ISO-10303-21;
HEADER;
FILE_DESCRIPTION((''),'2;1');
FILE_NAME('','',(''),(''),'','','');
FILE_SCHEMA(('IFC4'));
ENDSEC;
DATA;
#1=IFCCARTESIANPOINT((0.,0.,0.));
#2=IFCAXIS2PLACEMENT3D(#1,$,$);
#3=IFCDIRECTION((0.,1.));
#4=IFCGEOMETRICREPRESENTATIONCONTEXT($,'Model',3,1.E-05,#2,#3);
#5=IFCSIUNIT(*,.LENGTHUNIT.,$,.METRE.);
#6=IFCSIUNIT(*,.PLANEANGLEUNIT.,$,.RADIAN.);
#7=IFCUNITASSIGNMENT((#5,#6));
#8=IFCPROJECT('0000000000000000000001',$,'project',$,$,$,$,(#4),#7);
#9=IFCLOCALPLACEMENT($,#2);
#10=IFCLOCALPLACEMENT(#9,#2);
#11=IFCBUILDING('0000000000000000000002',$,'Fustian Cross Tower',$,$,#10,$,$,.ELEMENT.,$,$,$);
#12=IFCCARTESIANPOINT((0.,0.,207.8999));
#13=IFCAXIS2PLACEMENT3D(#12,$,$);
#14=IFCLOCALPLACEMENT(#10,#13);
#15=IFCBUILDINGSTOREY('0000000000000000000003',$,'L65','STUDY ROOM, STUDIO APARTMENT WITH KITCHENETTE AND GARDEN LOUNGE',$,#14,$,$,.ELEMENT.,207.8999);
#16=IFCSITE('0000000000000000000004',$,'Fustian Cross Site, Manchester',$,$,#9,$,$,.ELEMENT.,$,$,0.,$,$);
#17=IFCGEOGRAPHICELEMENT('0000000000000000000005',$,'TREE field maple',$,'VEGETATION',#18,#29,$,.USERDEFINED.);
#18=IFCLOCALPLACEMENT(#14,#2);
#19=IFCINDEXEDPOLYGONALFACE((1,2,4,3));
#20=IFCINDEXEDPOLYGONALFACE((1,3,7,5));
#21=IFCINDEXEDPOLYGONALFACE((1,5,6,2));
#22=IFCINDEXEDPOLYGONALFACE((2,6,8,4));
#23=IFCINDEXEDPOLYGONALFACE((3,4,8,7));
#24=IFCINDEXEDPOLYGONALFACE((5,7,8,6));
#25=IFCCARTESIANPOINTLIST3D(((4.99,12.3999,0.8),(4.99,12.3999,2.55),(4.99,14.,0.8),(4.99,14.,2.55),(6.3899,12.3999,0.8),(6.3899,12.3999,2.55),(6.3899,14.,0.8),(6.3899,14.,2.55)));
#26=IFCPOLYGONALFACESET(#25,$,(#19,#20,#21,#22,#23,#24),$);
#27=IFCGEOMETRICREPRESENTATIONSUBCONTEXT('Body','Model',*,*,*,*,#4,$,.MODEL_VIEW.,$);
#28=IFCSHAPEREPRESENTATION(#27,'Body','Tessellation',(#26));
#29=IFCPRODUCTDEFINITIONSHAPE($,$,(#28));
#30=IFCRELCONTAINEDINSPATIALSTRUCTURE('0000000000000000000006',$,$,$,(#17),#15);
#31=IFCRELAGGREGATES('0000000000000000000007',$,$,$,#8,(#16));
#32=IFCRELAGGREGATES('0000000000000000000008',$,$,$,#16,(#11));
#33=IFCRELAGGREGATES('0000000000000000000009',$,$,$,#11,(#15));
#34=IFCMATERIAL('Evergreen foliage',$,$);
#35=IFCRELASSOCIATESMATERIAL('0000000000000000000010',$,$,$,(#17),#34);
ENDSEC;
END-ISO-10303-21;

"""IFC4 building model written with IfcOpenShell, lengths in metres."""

from ifc_helpers import new_model, si_unit, direction, frame, origin, origin_2d, place, context, subcontext, project, spatial, rectangle, extrude, material, element, save


model = new_model("IFC4")

# Units and contexts
model_context = context("Model", 3, precision=1e-05, world=origin(), true_north=direction((0.0, 1.0)))
body_context = subcontext(model_context, "Body", "Model", "MODEL_VIEW")
ifc_project = project(units=[si_unit("LENGTHUNIT", "METRE"), si_unit("PLANEANGLEUNIT", "RADIAN")], contexts=[model_context])

# Site, building, storey
site_placement = place(None, origin())
site = spatial("IfcSite", under=ifc_project, at=site_placement, Name="Fustian Cross Site, Manchester", CompositionType="ELEMENT", RefElevation=0.0)
building_placement = place(site_placement, origin())
building = spatial("IfcBuilding", under=site, at=building_placement, Name="Fustian Cross Tower", CompositionType="ELEMENT")
storey_placement = place(building_placement, frame((0.0, 0.0, 207.8999)))
storey = spatial("IfcBuildingStorey", under=building, at=storey_placement, Name="L65", Description="STUDY ROOM, STUDIO APARTMENT WITH KITCHENETTE AND GARDEN LOUNGE", CompositionType="ELEMENT", Elevation=207.8999)

# Geographic element
ifc_material_1 = material(Name="Evergreen foliage")
geographic_element_placement = place(storey_placement, frame((5.6899, 13.2, 0.8), z_axis=(0.0, 0.0, 1.0), x_axis=(1.0, 0.0, 0.0)))
element("IfcGeographicElement", 1, at=geographic_element_placement, inside=storey, material=ifc_material_1, Name="TREE field maple", ObjectType="VEGETATION", PredefinedType="USERDEFINED", context=body_context, shape_type="SweptSolid", body=[
    extrude(rectangle(XDim=1.3999, YDim=1.6001, at=origin_2d()), origin(), (0.0, 0.0, 1.0), 1.75),
])

save(model, "model.ifc")
